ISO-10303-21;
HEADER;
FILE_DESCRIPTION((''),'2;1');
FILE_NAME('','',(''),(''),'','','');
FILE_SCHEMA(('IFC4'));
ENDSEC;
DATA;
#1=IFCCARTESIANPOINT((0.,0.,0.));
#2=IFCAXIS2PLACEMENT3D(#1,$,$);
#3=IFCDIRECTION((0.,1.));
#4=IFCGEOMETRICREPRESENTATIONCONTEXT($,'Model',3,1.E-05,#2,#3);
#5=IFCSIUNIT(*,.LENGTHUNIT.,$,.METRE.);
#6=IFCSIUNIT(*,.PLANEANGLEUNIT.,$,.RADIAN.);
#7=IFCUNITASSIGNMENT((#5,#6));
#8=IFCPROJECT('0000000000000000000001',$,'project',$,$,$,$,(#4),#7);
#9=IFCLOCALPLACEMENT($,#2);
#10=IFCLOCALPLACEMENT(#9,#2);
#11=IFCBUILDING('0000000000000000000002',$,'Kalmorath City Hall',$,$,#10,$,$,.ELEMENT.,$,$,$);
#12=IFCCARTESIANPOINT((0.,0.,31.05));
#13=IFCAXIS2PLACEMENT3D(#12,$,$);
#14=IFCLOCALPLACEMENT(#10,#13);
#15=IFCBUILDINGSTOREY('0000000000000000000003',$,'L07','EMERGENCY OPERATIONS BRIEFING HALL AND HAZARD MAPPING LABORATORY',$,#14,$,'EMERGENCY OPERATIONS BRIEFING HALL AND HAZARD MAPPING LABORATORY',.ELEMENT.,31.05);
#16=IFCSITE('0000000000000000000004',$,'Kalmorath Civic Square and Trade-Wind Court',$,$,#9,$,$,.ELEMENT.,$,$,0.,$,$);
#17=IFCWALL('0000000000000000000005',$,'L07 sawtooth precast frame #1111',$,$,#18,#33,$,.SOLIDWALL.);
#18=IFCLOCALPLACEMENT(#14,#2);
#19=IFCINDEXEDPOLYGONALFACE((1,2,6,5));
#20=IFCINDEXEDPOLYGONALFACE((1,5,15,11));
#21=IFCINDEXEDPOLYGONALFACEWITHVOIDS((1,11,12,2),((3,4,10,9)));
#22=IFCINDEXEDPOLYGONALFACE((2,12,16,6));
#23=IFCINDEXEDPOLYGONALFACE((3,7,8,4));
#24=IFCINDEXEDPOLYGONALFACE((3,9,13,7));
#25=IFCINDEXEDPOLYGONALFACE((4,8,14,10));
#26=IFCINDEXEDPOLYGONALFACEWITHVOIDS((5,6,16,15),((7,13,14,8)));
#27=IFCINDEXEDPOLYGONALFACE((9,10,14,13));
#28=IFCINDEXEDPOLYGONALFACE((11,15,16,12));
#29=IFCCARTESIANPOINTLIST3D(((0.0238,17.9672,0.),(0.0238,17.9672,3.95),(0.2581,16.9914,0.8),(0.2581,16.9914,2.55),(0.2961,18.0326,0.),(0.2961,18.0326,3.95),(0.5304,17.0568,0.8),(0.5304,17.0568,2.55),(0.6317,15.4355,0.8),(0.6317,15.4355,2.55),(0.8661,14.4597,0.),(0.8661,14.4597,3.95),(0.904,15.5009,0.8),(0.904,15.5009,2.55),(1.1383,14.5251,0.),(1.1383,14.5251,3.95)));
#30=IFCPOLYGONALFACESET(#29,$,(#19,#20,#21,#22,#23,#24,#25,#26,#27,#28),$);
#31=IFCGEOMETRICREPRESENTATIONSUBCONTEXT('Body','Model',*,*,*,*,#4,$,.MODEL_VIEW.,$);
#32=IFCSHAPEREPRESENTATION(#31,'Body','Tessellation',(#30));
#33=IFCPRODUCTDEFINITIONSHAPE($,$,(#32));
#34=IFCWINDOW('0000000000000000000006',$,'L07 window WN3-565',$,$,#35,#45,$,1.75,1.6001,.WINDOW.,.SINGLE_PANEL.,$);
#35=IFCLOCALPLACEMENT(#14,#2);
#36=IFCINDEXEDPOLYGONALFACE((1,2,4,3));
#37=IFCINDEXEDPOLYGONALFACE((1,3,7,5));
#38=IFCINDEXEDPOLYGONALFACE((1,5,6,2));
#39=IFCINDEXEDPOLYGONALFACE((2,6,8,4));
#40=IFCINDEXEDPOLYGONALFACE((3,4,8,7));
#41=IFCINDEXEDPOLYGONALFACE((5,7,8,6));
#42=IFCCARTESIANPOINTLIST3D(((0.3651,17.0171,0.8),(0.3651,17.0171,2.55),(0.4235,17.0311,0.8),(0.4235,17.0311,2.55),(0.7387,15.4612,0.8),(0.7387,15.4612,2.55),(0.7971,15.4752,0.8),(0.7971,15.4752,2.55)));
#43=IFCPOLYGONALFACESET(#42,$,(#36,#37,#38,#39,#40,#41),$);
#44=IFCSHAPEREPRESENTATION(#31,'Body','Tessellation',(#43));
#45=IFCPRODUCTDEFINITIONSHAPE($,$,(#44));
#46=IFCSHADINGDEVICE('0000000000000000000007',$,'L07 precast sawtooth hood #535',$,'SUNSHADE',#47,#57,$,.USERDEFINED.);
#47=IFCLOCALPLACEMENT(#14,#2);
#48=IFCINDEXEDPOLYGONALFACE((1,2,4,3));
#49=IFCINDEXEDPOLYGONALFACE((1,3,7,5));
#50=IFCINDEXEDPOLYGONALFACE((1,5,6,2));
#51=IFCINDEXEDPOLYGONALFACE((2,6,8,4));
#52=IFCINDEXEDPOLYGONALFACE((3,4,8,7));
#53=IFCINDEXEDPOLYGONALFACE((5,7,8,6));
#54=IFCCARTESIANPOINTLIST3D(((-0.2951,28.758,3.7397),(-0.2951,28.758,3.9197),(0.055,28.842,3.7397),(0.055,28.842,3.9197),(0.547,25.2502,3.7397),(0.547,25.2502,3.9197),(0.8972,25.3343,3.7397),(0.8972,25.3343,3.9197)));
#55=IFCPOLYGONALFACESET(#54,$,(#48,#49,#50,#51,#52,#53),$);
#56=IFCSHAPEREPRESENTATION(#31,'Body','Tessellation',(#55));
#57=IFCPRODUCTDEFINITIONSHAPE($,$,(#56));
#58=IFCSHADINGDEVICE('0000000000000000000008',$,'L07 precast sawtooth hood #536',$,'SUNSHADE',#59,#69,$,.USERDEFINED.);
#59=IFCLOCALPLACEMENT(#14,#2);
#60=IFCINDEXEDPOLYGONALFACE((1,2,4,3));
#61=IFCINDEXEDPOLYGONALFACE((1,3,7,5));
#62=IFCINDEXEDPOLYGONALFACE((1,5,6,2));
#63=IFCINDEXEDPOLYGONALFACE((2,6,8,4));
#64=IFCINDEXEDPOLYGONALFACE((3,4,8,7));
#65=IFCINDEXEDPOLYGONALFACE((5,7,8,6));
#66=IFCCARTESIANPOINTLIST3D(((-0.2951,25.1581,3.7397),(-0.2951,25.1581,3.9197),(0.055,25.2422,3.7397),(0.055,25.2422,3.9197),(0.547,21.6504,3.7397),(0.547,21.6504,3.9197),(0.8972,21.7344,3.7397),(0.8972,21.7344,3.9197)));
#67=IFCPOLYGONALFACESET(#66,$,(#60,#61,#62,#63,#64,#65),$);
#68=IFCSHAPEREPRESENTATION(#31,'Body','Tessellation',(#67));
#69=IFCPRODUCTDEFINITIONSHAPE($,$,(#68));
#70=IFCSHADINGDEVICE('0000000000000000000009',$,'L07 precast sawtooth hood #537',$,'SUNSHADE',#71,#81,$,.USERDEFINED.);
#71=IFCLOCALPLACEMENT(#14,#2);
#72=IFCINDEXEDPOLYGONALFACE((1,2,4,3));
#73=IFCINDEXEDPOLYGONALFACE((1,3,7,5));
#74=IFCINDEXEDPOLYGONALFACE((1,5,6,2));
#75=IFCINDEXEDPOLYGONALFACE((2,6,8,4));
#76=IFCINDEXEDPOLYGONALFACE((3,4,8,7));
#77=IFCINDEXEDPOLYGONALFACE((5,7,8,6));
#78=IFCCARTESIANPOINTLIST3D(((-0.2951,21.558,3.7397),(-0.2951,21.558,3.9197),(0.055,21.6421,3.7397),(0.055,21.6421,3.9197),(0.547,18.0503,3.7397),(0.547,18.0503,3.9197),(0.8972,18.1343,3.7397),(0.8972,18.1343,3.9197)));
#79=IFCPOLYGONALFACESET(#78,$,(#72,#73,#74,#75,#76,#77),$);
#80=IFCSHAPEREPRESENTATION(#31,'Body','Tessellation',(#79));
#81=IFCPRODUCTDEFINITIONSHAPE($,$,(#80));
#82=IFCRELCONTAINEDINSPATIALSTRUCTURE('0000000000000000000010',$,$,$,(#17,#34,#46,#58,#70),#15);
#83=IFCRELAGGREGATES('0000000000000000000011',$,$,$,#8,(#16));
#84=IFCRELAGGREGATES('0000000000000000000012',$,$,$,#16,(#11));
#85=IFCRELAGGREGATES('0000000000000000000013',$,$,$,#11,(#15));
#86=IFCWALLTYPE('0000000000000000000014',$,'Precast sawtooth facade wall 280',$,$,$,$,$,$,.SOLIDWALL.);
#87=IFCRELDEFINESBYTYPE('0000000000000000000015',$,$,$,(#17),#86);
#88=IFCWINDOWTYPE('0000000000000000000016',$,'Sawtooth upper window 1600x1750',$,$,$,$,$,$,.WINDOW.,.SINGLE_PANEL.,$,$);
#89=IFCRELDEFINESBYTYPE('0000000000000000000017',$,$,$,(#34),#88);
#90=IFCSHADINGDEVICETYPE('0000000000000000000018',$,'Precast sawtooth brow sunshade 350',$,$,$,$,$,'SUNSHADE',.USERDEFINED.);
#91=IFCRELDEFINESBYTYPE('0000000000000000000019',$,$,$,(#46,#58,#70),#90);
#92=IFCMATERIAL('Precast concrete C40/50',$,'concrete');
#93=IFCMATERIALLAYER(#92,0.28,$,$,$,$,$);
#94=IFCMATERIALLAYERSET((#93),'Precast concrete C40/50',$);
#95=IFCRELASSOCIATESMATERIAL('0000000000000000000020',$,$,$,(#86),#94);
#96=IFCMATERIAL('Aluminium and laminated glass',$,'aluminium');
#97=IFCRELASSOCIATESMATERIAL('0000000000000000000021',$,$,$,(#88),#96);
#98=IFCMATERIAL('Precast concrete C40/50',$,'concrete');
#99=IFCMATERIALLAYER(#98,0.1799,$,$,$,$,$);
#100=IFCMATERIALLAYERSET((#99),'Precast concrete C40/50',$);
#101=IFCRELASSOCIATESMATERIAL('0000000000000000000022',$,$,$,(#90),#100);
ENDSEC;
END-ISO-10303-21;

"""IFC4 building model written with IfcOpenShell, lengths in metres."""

from ifc_helpers import new_model, si_unit, direction, frame, frame_2d, origin, origin_2d, place, context, subcontext, project, spatial, rectangle, extrude, material, layer, layer_set, type_object, element, fill, save


model = new_model("IFC4")

# Units and contexts
model_context = context("Model", 3, precision=1e-05, world=origin(), true_north=direction((0.0, 1.0)))
body_context = subcontext(model_context, "Body", "Model", "MODEL_VIEW")
ifc_project = project(units=[si_unit("LENGTHUNIT", "METRE"), si_unit("PLANEANGLEUNIT", "RADIAN")], contexts=[model_context])

# Site, building, storey
site_placement = place(None, origin())
site = spatial("IfcSite", under=ifc_project, at=site_placement, Name="Kalmorath Civic Square and Trade-Wind Court", CompositionType="ELEMENT", RefElevation=0.0)
building_placement = place(site_placement, origin())
building = spatial("IfcBuilding", under=site, at=building_placement, Name="Kalmorath City Hall", CompositionType="ELEMENT")
storey_placement = place(building_placement, frame((0.0, 0.0, 31.05)))
storey = spatial("IfcBuildingStorey", under=building, at=storey_placement, Name="L07", Description="EMERGENCY OPERATIONS BRIEFING HALL AND HAZARD MAPPING LABORATORY", LongName="EMERGENCY OPERATIONS BRIEFING HALL AND HAZARD MAPPING LABORATORY", CompositionType="ELEMENT", Elevation=31.05)

# Wall, opening, window
ifc_material_1 = material(Name="Precast concrete C40/50", Category="concrete")
ifc_layer_1 = layer(ifc_material_1, 0.28)
ifc_layer_set_1 = layer_set([ifc_layer_1], Name="Precast concrete C40/50")
wall_type_1 = type_object("IfcWallType", Name="Precast sawtooth facade wall 280", PredefinedType="SOLIDWALL", material=ifc_layer_set_1)
ifc_material_2 = material(Name="Aluminium and laminated glass", Category="aluminium")
window_type = type_object("IfcWindowType", Name="Sawtooth upper window 1600x1750", PartitioningType="SINGLE_PANEL", PredefinedType="WINDOW", material=ifc_material_2)
wall_1_placement = place(storey_placement, frame((0.1599, 18.0, 0.0), z_axis=(0.0, 0.0, 1.0), x_axis=(0.233496, -0.972358, 0.0)))
wall_1 = element("IfcWall", 1, at=wall_1_placement, inside=storey, type_object=wall_type_1, Name="L07 sawtooth precast frame #1111", PredefinedType="SOLIDWALL", context=body_context, shape_type="SweptSolid", body=[
    extrude(rectangle(XDim=3.6072, YDim=0.28, at=frame_2d((1.8037, 0.0))), origin(), (0.0, 0.0, 1.0), 3.95),
])
opening_1_placement = place(wall_1_placement, frame((1.0037, 0.0, 0.8)))
opening_1 = element("IfcOpeningElement", 2, at=opening_1_placement, cuts=wall_1, PredefinedType="OPENING", context=body_context, shape_type="SweptSolid", body=[
    extrude(rectangle(XDim=1.6001, YDim=1.75, at=frame_2d((0.8, 0.875))), frame((0.0, 0.1499, 0.0), z_axis=(0.0, -1.0, 0.0), x_axis=(1.0, 0.0, 0.0)), (0.0, 0.0, 1.0), 0.3),
])
window_1_placement = place(opening_1_placement, origin())
window_1 = element("IfcWindow", 3, at=window_1_placement, inside=storey, type_object=window_type, Name="L07 window WN3-565", OverallHeight=1.75, OverallWidth=1.6001, PartitioningType="SINGLE_PANEL", PredefinedType="WINDOW", context=body_context, shape_type="SweptSolid", body=[
    extrude(rectangle(XDim=1.6001, YDim=1.75, at=frame_2d((0.8, 0.875))), frame((0.0, 0.03, 0.0), z_axis=(0.0, -1.0, 0.0), x_axis=(1.0, 0.0, 0.0)), (0.0, 0.0, 1.0), 0.0601),
])
fill(opening_1, window_1)

# Shading devices
ifc_material_3 = material(Name="Precast concrete C40/50", Category="concrete")
ifc_layer_2 = layer(ifc_material_3, 0.1799)
ifc_layer_set_2 = layer_set([ifc_layer_2], Name="Precast concrete C40/50")
shading_device_type = type_object("IfcShadingDeviceType", Name="Precast sawtooth brow sunshade 350", ElementType="SUNSHADE", PredefinedType="USERDEFINED", material=ifc_layer_set_2)
for number, where, z_axis, x_axis, name in (
    (4, (0.301, 27.0461, 3.7397), (0.0, 0.0, 1.0), (0.233445, -0.97237, 0.0), "L07 precast sawtooth hood #535"),
    (5, (0.301, 23.4463, 3.7397), (0.0, 0.0, 1.0), (0.233445, -0.97237, 0.0), "L07 precast sawtooth hood #536"),
    (6, (0.301, 19.8462, 3.7397), (0.0, 0.0, 1.0), (0.233445, -0.97237, 0.0), "L07 precast sawtooth hood #537"),
):
    element("IfcShadingDevice", number, at=place(storey_placement, frame(where, z_axis=z_axis, x_axis=x_axis)), inside=storey, type_object=shading_device_type, Name=name, ObjectType="SUNSHADE", PredefinedType="USERDEFINED", context=body_context, shape_type="SweptSolid", body=[
        extrude(rectangle(XDim=3.6074, YDim=0.3601, at=origin_2d()), origin(), (0.0, 0.0, 1.0), 0.1799),
    ])

save(model, "model.ifc")
